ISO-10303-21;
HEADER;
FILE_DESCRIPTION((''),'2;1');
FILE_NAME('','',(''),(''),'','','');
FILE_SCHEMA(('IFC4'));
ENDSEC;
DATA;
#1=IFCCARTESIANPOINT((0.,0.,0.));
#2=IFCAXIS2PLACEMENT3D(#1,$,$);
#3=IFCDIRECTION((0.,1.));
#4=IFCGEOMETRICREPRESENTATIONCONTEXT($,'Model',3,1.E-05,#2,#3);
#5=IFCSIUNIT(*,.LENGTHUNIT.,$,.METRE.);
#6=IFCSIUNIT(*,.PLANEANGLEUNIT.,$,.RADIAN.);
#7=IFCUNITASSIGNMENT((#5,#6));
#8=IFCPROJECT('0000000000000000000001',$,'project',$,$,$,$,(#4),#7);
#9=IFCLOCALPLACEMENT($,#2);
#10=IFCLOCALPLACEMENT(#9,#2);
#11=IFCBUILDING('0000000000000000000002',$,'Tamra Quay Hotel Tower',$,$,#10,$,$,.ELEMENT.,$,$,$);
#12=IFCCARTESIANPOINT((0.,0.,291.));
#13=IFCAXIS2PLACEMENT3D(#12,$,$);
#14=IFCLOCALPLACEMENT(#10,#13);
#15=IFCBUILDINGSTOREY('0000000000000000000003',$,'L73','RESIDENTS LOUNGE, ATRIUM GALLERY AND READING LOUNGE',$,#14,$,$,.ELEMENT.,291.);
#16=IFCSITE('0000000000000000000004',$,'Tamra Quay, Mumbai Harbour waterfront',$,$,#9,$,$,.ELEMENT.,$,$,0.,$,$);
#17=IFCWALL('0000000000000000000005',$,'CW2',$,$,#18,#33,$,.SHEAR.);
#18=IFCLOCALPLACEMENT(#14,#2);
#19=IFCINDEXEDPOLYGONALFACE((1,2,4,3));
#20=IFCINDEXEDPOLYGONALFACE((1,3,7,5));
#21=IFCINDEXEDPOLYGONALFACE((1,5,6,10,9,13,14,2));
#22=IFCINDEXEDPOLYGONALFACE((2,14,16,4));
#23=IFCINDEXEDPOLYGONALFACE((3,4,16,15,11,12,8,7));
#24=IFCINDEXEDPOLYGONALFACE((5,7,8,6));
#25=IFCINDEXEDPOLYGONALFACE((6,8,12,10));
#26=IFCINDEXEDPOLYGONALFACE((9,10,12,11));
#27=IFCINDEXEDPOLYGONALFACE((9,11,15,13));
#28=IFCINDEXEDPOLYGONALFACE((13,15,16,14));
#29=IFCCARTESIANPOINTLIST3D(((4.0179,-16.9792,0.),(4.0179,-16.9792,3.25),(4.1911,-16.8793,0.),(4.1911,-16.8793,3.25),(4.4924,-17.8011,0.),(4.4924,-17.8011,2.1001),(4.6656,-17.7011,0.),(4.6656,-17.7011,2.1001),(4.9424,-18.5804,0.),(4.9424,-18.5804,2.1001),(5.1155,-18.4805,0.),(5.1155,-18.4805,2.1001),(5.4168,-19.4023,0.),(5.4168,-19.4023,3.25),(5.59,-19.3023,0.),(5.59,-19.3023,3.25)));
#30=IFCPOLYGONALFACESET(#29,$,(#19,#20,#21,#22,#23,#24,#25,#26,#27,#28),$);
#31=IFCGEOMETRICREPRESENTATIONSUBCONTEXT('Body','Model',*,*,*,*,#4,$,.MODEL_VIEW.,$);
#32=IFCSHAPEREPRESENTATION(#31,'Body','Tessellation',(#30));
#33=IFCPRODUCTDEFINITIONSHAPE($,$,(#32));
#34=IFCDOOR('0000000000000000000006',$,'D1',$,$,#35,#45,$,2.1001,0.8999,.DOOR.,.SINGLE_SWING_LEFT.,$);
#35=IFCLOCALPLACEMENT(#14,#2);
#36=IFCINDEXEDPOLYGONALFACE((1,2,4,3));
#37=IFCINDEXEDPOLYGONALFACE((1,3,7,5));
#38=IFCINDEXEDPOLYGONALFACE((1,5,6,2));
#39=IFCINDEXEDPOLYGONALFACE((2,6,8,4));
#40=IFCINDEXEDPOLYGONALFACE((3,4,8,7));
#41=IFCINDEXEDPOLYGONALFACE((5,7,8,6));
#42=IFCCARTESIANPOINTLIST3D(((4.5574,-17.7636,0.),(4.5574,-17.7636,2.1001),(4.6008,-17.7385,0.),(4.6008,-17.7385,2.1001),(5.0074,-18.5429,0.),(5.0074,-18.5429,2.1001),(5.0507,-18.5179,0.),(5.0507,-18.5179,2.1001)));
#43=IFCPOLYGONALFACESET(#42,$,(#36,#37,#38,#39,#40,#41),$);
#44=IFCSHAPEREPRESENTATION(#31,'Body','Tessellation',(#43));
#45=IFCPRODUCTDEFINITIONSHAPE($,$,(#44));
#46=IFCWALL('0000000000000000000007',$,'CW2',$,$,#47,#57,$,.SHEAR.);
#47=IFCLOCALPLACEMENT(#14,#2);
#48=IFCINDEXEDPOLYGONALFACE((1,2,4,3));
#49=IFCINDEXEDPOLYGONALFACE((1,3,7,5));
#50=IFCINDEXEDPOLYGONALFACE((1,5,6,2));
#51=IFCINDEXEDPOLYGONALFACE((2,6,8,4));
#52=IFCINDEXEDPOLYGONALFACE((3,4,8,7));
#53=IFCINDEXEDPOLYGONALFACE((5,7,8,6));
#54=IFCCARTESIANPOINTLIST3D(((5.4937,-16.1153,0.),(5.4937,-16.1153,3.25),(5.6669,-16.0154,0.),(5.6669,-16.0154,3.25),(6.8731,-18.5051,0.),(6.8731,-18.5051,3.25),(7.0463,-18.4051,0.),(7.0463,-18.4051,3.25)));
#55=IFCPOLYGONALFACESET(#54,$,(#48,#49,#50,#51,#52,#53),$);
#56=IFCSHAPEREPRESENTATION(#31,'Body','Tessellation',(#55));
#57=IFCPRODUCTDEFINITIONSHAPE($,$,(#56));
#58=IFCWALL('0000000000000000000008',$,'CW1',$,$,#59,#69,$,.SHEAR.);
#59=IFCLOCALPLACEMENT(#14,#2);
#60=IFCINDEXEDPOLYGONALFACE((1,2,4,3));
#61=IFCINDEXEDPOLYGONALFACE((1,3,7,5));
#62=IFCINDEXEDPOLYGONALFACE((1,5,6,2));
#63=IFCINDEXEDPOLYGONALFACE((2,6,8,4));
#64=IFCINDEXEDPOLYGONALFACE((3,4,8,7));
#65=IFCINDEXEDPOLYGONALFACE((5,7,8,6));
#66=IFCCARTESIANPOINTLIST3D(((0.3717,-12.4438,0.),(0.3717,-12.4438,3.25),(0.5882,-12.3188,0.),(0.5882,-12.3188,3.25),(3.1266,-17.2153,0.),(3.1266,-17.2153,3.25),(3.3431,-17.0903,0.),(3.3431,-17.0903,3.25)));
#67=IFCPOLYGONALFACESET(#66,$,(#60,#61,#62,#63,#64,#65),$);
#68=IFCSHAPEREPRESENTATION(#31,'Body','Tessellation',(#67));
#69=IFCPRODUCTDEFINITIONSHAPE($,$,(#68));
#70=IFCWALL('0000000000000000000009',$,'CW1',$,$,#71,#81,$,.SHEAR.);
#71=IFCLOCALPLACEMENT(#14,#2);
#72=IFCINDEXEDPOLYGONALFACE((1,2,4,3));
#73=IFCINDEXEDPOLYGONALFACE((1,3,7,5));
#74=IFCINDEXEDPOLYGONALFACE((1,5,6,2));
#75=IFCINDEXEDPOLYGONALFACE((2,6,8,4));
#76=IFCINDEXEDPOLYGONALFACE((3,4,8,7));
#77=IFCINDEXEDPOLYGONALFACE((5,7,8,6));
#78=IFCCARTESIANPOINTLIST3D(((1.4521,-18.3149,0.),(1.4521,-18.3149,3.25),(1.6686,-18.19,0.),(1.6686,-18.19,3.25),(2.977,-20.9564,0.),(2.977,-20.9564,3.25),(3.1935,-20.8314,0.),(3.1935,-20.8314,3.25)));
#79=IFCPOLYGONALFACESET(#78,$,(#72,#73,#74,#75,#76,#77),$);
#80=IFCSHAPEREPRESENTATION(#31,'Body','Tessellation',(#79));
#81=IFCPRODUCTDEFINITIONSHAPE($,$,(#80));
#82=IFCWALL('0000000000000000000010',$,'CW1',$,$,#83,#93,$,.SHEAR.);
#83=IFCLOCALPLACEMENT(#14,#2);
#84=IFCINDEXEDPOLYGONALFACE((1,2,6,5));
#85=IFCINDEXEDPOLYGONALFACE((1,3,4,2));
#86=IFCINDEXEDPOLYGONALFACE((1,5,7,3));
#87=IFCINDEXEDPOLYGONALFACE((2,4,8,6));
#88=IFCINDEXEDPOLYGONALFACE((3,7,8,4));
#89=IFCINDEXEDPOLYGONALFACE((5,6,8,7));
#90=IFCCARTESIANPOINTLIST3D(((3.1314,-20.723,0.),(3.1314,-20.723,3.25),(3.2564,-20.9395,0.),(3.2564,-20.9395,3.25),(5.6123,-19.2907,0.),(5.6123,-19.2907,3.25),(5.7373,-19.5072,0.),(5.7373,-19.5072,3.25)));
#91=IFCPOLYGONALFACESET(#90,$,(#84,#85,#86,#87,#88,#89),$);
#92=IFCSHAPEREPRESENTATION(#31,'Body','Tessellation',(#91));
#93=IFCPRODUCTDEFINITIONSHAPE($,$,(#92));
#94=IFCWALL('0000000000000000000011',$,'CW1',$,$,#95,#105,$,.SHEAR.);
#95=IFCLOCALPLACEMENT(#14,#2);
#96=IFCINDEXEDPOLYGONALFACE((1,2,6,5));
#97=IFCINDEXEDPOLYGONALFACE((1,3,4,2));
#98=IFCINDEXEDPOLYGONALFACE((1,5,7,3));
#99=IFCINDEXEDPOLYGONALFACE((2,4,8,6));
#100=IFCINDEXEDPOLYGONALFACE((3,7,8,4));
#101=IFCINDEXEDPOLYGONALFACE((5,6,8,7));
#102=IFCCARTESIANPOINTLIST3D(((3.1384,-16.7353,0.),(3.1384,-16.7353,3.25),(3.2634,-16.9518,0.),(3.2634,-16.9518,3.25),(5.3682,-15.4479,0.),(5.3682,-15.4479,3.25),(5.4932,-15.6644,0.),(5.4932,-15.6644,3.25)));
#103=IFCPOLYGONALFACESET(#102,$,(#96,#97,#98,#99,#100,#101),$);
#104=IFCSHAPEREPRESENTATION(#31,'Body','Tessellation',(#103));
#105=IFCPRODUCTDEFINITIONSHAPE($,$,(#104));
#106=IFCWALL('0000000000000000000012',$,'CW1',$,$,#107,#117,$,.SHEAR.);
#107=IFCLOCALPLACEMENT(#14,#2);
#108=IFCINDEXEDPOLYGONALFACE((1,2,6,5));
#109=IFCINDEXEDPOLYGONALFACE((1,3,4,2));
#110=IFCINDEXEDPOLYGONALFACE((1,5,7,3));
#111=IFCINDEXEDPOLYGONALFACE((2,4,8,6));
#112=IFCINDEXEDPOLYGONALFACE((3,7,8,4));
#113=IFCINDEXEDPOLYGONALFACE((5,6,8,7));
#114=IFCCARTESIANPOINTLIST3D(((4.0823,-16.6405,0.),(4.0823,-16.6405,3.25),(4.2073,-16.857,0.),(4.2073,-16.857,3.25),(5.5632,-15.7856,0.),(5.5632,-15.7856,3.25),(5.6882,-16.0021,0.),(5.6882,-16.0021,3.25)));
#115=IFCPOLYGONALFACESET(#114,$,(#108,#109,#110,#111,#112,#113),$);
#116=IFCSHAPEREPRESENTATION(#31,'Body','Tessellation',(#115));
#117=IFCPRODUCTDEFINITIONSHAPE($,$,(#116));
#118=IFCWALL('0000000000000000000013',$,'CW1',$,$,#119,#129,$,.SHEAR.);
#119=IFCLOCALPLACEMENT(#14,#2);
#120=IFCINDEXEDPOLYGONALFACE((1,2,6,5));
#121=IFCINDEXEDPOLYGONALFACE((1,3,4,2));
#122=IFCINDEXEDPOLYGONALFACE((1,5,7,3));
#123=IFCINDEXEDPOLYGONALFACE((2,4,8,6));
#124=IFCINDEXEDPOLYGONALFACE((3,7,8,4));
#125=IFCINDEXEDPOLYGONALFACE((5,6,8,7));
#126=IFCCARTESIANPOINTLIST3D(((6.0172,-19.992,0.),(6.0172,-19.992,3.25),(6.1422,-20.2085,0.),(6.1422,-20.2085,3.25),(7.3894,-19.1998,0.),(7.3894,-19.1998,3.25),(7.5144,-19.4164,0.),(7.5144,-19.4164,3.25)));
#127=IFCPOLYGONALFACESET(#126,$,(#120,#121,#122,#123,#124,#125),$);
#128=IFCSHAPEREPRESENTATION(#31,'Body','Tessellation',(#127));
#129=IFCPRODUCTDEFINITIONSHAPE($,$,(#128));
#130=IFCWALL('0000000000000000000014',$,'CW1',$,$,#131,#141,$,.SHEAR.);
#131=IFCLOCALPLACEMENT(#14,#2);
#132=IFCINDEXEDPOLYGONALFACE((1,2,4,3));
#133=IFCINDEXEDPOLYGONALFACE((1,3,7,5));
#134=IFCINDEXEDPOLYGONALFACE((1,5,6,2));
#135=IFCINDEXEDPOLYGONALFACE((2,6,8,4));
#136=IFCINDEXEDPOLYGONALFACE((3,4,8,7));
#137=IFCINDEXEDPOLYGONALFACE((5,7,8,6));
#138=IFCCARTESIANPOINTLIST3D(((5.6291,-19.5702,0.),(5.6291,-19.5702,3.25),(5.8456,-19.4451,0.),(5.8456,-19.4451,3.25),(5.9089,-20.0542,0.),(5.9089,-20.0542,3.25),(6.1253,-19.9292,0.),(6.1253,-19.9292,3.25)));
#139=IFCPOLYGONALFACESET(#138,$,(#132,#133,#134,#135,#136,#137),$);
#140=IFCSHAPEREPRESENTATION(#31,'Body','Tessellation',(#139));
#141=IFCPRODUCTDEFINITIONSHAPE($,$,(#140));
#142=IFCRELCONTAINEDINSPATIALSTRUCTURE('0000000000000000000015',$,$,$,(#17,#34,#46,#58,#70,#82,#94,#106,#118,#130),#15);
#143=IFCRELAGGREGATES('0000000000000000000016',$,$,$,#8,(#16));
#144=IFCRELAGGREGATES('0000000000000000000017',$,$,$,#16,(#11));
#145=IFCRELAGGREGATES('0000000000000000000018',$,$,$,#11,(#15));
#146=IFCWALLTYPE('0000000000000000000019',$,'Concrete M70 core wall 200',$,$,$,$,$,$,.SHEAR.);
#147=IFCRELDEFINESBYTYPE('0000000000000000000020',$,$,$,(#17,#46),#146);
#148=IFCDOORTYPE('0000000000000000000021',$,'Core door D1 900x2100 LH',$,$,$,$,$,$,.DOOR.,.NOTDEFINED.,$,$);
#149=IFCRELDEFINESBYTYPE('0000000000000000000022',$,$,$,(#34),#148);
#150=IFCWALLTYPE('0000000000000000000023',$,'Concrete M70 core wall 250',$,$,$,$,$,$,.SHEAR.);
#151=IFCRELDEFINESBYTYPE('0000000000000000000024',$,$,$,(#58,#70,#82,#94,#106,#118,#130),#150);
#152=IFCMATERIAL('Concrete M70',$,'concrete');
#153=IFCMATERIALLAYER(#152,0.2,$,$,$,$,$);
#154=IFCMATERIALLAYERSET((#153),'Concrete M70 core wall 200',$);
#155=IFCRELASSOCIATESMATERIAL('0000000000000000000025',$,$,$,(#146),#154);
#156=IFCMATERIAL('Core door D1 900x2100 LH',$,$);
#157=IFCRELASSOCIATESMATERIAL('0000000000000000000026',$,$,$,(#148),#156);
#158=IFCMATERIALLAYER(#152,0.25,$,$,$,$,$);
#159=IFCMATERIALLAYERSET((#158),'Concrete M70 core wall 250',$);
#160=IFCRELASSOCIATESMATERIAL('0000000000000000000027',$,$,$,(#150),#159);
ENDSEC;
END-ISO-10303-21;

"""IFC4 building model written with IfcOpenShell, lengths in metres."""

from ifc_helpers import new_model, si_unit, direction, frame, frame_2d, origin, place, context, subcontext, project, spatial, rectangle, extrude, material, layer, layer_set, type_object, element, fill, save


model = new_model("IFC4")

# Units and contexts
model_context = context("Model", 3, precision=1e-05, world=origin(), true_north=direction((0.0, 1.0)))
body_context = subcontext(model_context, "Body", "Model", "MODEL_VIEW")
ifc_project = project(units=[si_unit("LENGTHUNIT", "METRE"), si_unit("PLANEANGLEUNIT", "RADIAN")], contexts=[model_context])

# Site, building, storey
site_placement = place(None, origin())
site = spatial("IfcSite", under=ifc_project, at=site_placement, Name="Tamra Quay, Mumbai Harbour waterfront", CompositionType="ELEMENT", RefElevation=0.0)
building_placement = place(site_placement, origin())
building = spatial("IfcBuilding", under=site, at=building_placement, Name="Tamra Quay Hotel Tower", CompositionType="ELEMENT")
storey_placement = place(building_placement, frame((0.0, 0.0, 291.0)))
storey = spatial("IfcBuildingStorey", under=building, at=storey_placement, Name="L73", Description="RESIDENTS LOUNGE, ATRIUM GALLERY AND READING LOUNGE", CompositionType="ELEMENT", Elevation=291.0)

# Shared definitions
ifc_material_1 = material(Name="Concrete M70", Category="concrete")

# Shared definitions
ifc_layer_1 = layer(ifc_material_1, 0.2)
ifc_layer_set_1 = layer_set([ifc_layer_1], Name="Concrete M70 core wall 200")
wall_type_1 = type_object("IfcWallType", Name="Concrete M70 core wall 200", PredefinedType="SHEAR", material=ifc_layer_set_1)

# Wall, opening, door
wall_1_placement = place(storey_placement, frame((5.5034, -19.3523, 0.0), z_axis=(0.0, 0.0, 1.0), x_axis=(-0.499987, 0.866033, 0.0)))
wall_1 = element("IfcWall", 1, at=wall_1_placement, inside=storey, type_object=wall_type_1, Name="CW2", PredefinedType="SHEAR", context=body_context, shape_type="SweptSolid", body=[
    extrude(rectangle(XDim=2.7979, YDim=0.2, at=frame_2d((1.3989, 0.0))), origin(), (0.0, 0.0, 1.0), 3.25),
])
opening_1_placement = place(wall_1_placement, frame((0.949, 0.0, 0.0)))
opening_1 = element("IfcOpeningElement", 2, at=opening_1_placement, cuts=wall_1, PredefinedType="OPENING", context=body_context, shape_type="SweptSolid", body=[
    extrude(rectangle(XDim=0.8999, YDim=2.1001, at=frame_2d((0.45, 1.05))), frame((0.0, 0.1099, 0.0), z_axis=(0.0, -1.0, 0.0), x_axis=(1.0, 0.0, 0.0)), (0.0, 0.0, 1.0), 0.22),
])
ifc_material_2 = material(Name="Core door D1 900x2100 LH")
door_type_1 = type_object("IfcDoorType", Name="Core door D1 900x2100 LH", OperationType="NOTDEFINED", PredefinedType="DOOR", material=ifc_material_2)
door_1_placement = place(opening_1_placement, origin())
door_1 = element("IfcDoor", 3, at=door_1_placement, inside=storey, type_object=door_type_1, Name="D1", OperationType="SINGLE_SWING_LEFT", OverallHeight=2.1001, OverallWidth=0.8999, PredefinedType="DOOR", context=body_context, shape_type="SweptSolid", body=[
    extrude(rectangle(XDim=0.8999, YDim=2.1001, at=frame_2d((0.45, 1.05))), frame((0.0, 0.0249, 0.0), z_axis=(0.0, -1.0, 0.0), x_axis=(1.0, 0.0, 0.0)), (0.0, 0.0, 1.0), 0.05),
])
fill(opening_1, door_1)

# Walls
wall_2_placement = place(storey_placement, frame((6.9597, -18.4551, 0.0), z_axis=(0.0, 0.0, 1.0), x_axis=(-0.499927, 0.866068, 0.0)))
element("IfcWall", 4, at=wall_2_placement, inside=storey, type_object=wall_type_1, Name="CW2", PredefinedType="SHEAR", context=body_context, shape_type="SweptSolid", body=[
    extrude(rectangle(XDim=2.7593, YDim=0.2, at=frame_2d((1.3796, 0.0))), origin(), (0.0, 0.0, 1.0), 3.25),
])
ifc_layer_2 = layer(ifc_material_1, 0.25)
ifc_layer_set_2 = layer_set([ifc_layer_2], Name="Concrete M70 core wall 250")
wall_type_2 = type_object("IfcWallType", Name="Concrete M70 core wall 250", PredefinedType="SHEAR", material=ifc_layer_set_2)
wall_3_placement = place(storey_placement, frame((3.2349, -17.1528, 0.0), z_axis=(0.0, 0.0, 1.0), x_axis=(-0.500009, 0.86602, 0.0)))
element("IfcWall", 5, at=wall_3_placement, inside=storey, type_object=wall_type_2, Name="CW1", PredefinedType="SHEAR", context=body_context, shape_type="SweptSolid", body=[
    extrude(rectangle(XDim=5.5098, YDim=0.25, at=frame_2d((2.7549, 0.0))), origin(), (0.0, 0.0, 1.0), 3.25),
])
wall_4_placement = place(storey_placement, frame((3.0852, -20.8938, 0.0), z_axis=(0.0, 0.0, 1.0), x_axis=(-0.499979, 0.866038, 0.0)))
element("IfcWall", 6, at=wall_4_placement, inside=storey, type_object=wall_type_2, Name="CW1", PredefinedType="SHEAR", context=body_context, shape_type="SweptSolid", body=[
    extrude(rectangle(XDim=3.05, YDim=0.25, at=frame_2d((1.5249, 0.0))), origin(), (0.0, 0.0, 1.0), 3.25),
])
wall_5_placement = place(storey_placement, frame((5.6748, -19.3989, 0.0), z_axis=(0.0, 0.0, 1.0), x_axis=(-0.866027, -0.499998, 0.0)))
element("IfcWall", 7, at=wall_5_placement, inside=storey, type_object=wall_type_2, Name="CW1", PredefinedType="SHEAR", context=body_context, shape_type="SweptSolid", body=[
    extrude(rectangle(XDim=2.8647, YDim=0.25, at=frame_2d((1.4324, 0.0))), origin(), (0.0, 0.0, 1.0), 3.25),
])
wall_6_placement = place(storey_placement, frame((5.4307, -15.5562, 0.0), z_axis=(0.0, 0.0, 1.0), x_axis=(-0.866023, -0.500004, 0.0)))
element("IfcWall", 8, at=wall_6_placement, inside=storey, type_object=wall_type_2, Name="CW1", PredefinedType="SHEAR", context=body_context, shape_type="SweptSolid", body=[
    extrude(rectangle(XDim=2.5747, YDim=0.25, at=frame_2d((1.2874, 0.0))), origin(), (0.0, 0.0, 1.0), 3.25),
])
wall_7_placement = place(storey_placement, frame((4.1448, -16.7488, 0.0), z_axis=(0.0, 0.0, 1.0), x_axis=(0.866038, 0.499978, 0.0)))
element("IfcWall", 9, at=wall_7_placement, inside=storey, type_object=wall_type_2, Name="CW1", PredefinedType="SHEAR", context=body_context, shape_type="SweptSolid", body=[
    extrude(rectangle(XDim=1.71, YDim=0.25, at=frame_2d((0.855, 0.0))), origin(), (0.0, 0.0, 1.0), 3.25),
])
wall_8_placement = place(storey_placement, frame((7.4519, -19.3081, 0.0), z_axis=(0.0, 0.0, 1.0), x_axis=(-0.866044, -0.499967, 0.0)))
element("IfcWall", 10, at=wall_8_placement, inside=storey, type_object=wall_type_2, Name="CW1", PredefinedType="SHEAR", context=body_context, shape_type="SweptSolid", body=[
    extrude(rectangle(XDim=1.5845, YDim=0.25, at=frame_2d((0.7922, 0.0))), origin(), (0.0, 0.0, 1.0), 3.25),
])
wall_9_placement = place(storey_placement, frame((6.0171, -19.9917, 0.0), z_axis=(0.0, 0.0, 1.0), x_axis=(-0.500365, 0.865815, 0.0)))
element("IfcWall", 11, at=wall_9_placement, inside=storey, type_object=wall_type_2, Name="CW1", PredefinedType="SHEAR", context=body_context, shape_type="SweptSolid", body=[
    extrude(rectangle(XDim=0.5591, YDim=0.25, at=frame_2d((0.2795, 0.0))), origin(), (0.0, 0.0, 1.0), 3.25),
])

save(model, "model.ifc")
